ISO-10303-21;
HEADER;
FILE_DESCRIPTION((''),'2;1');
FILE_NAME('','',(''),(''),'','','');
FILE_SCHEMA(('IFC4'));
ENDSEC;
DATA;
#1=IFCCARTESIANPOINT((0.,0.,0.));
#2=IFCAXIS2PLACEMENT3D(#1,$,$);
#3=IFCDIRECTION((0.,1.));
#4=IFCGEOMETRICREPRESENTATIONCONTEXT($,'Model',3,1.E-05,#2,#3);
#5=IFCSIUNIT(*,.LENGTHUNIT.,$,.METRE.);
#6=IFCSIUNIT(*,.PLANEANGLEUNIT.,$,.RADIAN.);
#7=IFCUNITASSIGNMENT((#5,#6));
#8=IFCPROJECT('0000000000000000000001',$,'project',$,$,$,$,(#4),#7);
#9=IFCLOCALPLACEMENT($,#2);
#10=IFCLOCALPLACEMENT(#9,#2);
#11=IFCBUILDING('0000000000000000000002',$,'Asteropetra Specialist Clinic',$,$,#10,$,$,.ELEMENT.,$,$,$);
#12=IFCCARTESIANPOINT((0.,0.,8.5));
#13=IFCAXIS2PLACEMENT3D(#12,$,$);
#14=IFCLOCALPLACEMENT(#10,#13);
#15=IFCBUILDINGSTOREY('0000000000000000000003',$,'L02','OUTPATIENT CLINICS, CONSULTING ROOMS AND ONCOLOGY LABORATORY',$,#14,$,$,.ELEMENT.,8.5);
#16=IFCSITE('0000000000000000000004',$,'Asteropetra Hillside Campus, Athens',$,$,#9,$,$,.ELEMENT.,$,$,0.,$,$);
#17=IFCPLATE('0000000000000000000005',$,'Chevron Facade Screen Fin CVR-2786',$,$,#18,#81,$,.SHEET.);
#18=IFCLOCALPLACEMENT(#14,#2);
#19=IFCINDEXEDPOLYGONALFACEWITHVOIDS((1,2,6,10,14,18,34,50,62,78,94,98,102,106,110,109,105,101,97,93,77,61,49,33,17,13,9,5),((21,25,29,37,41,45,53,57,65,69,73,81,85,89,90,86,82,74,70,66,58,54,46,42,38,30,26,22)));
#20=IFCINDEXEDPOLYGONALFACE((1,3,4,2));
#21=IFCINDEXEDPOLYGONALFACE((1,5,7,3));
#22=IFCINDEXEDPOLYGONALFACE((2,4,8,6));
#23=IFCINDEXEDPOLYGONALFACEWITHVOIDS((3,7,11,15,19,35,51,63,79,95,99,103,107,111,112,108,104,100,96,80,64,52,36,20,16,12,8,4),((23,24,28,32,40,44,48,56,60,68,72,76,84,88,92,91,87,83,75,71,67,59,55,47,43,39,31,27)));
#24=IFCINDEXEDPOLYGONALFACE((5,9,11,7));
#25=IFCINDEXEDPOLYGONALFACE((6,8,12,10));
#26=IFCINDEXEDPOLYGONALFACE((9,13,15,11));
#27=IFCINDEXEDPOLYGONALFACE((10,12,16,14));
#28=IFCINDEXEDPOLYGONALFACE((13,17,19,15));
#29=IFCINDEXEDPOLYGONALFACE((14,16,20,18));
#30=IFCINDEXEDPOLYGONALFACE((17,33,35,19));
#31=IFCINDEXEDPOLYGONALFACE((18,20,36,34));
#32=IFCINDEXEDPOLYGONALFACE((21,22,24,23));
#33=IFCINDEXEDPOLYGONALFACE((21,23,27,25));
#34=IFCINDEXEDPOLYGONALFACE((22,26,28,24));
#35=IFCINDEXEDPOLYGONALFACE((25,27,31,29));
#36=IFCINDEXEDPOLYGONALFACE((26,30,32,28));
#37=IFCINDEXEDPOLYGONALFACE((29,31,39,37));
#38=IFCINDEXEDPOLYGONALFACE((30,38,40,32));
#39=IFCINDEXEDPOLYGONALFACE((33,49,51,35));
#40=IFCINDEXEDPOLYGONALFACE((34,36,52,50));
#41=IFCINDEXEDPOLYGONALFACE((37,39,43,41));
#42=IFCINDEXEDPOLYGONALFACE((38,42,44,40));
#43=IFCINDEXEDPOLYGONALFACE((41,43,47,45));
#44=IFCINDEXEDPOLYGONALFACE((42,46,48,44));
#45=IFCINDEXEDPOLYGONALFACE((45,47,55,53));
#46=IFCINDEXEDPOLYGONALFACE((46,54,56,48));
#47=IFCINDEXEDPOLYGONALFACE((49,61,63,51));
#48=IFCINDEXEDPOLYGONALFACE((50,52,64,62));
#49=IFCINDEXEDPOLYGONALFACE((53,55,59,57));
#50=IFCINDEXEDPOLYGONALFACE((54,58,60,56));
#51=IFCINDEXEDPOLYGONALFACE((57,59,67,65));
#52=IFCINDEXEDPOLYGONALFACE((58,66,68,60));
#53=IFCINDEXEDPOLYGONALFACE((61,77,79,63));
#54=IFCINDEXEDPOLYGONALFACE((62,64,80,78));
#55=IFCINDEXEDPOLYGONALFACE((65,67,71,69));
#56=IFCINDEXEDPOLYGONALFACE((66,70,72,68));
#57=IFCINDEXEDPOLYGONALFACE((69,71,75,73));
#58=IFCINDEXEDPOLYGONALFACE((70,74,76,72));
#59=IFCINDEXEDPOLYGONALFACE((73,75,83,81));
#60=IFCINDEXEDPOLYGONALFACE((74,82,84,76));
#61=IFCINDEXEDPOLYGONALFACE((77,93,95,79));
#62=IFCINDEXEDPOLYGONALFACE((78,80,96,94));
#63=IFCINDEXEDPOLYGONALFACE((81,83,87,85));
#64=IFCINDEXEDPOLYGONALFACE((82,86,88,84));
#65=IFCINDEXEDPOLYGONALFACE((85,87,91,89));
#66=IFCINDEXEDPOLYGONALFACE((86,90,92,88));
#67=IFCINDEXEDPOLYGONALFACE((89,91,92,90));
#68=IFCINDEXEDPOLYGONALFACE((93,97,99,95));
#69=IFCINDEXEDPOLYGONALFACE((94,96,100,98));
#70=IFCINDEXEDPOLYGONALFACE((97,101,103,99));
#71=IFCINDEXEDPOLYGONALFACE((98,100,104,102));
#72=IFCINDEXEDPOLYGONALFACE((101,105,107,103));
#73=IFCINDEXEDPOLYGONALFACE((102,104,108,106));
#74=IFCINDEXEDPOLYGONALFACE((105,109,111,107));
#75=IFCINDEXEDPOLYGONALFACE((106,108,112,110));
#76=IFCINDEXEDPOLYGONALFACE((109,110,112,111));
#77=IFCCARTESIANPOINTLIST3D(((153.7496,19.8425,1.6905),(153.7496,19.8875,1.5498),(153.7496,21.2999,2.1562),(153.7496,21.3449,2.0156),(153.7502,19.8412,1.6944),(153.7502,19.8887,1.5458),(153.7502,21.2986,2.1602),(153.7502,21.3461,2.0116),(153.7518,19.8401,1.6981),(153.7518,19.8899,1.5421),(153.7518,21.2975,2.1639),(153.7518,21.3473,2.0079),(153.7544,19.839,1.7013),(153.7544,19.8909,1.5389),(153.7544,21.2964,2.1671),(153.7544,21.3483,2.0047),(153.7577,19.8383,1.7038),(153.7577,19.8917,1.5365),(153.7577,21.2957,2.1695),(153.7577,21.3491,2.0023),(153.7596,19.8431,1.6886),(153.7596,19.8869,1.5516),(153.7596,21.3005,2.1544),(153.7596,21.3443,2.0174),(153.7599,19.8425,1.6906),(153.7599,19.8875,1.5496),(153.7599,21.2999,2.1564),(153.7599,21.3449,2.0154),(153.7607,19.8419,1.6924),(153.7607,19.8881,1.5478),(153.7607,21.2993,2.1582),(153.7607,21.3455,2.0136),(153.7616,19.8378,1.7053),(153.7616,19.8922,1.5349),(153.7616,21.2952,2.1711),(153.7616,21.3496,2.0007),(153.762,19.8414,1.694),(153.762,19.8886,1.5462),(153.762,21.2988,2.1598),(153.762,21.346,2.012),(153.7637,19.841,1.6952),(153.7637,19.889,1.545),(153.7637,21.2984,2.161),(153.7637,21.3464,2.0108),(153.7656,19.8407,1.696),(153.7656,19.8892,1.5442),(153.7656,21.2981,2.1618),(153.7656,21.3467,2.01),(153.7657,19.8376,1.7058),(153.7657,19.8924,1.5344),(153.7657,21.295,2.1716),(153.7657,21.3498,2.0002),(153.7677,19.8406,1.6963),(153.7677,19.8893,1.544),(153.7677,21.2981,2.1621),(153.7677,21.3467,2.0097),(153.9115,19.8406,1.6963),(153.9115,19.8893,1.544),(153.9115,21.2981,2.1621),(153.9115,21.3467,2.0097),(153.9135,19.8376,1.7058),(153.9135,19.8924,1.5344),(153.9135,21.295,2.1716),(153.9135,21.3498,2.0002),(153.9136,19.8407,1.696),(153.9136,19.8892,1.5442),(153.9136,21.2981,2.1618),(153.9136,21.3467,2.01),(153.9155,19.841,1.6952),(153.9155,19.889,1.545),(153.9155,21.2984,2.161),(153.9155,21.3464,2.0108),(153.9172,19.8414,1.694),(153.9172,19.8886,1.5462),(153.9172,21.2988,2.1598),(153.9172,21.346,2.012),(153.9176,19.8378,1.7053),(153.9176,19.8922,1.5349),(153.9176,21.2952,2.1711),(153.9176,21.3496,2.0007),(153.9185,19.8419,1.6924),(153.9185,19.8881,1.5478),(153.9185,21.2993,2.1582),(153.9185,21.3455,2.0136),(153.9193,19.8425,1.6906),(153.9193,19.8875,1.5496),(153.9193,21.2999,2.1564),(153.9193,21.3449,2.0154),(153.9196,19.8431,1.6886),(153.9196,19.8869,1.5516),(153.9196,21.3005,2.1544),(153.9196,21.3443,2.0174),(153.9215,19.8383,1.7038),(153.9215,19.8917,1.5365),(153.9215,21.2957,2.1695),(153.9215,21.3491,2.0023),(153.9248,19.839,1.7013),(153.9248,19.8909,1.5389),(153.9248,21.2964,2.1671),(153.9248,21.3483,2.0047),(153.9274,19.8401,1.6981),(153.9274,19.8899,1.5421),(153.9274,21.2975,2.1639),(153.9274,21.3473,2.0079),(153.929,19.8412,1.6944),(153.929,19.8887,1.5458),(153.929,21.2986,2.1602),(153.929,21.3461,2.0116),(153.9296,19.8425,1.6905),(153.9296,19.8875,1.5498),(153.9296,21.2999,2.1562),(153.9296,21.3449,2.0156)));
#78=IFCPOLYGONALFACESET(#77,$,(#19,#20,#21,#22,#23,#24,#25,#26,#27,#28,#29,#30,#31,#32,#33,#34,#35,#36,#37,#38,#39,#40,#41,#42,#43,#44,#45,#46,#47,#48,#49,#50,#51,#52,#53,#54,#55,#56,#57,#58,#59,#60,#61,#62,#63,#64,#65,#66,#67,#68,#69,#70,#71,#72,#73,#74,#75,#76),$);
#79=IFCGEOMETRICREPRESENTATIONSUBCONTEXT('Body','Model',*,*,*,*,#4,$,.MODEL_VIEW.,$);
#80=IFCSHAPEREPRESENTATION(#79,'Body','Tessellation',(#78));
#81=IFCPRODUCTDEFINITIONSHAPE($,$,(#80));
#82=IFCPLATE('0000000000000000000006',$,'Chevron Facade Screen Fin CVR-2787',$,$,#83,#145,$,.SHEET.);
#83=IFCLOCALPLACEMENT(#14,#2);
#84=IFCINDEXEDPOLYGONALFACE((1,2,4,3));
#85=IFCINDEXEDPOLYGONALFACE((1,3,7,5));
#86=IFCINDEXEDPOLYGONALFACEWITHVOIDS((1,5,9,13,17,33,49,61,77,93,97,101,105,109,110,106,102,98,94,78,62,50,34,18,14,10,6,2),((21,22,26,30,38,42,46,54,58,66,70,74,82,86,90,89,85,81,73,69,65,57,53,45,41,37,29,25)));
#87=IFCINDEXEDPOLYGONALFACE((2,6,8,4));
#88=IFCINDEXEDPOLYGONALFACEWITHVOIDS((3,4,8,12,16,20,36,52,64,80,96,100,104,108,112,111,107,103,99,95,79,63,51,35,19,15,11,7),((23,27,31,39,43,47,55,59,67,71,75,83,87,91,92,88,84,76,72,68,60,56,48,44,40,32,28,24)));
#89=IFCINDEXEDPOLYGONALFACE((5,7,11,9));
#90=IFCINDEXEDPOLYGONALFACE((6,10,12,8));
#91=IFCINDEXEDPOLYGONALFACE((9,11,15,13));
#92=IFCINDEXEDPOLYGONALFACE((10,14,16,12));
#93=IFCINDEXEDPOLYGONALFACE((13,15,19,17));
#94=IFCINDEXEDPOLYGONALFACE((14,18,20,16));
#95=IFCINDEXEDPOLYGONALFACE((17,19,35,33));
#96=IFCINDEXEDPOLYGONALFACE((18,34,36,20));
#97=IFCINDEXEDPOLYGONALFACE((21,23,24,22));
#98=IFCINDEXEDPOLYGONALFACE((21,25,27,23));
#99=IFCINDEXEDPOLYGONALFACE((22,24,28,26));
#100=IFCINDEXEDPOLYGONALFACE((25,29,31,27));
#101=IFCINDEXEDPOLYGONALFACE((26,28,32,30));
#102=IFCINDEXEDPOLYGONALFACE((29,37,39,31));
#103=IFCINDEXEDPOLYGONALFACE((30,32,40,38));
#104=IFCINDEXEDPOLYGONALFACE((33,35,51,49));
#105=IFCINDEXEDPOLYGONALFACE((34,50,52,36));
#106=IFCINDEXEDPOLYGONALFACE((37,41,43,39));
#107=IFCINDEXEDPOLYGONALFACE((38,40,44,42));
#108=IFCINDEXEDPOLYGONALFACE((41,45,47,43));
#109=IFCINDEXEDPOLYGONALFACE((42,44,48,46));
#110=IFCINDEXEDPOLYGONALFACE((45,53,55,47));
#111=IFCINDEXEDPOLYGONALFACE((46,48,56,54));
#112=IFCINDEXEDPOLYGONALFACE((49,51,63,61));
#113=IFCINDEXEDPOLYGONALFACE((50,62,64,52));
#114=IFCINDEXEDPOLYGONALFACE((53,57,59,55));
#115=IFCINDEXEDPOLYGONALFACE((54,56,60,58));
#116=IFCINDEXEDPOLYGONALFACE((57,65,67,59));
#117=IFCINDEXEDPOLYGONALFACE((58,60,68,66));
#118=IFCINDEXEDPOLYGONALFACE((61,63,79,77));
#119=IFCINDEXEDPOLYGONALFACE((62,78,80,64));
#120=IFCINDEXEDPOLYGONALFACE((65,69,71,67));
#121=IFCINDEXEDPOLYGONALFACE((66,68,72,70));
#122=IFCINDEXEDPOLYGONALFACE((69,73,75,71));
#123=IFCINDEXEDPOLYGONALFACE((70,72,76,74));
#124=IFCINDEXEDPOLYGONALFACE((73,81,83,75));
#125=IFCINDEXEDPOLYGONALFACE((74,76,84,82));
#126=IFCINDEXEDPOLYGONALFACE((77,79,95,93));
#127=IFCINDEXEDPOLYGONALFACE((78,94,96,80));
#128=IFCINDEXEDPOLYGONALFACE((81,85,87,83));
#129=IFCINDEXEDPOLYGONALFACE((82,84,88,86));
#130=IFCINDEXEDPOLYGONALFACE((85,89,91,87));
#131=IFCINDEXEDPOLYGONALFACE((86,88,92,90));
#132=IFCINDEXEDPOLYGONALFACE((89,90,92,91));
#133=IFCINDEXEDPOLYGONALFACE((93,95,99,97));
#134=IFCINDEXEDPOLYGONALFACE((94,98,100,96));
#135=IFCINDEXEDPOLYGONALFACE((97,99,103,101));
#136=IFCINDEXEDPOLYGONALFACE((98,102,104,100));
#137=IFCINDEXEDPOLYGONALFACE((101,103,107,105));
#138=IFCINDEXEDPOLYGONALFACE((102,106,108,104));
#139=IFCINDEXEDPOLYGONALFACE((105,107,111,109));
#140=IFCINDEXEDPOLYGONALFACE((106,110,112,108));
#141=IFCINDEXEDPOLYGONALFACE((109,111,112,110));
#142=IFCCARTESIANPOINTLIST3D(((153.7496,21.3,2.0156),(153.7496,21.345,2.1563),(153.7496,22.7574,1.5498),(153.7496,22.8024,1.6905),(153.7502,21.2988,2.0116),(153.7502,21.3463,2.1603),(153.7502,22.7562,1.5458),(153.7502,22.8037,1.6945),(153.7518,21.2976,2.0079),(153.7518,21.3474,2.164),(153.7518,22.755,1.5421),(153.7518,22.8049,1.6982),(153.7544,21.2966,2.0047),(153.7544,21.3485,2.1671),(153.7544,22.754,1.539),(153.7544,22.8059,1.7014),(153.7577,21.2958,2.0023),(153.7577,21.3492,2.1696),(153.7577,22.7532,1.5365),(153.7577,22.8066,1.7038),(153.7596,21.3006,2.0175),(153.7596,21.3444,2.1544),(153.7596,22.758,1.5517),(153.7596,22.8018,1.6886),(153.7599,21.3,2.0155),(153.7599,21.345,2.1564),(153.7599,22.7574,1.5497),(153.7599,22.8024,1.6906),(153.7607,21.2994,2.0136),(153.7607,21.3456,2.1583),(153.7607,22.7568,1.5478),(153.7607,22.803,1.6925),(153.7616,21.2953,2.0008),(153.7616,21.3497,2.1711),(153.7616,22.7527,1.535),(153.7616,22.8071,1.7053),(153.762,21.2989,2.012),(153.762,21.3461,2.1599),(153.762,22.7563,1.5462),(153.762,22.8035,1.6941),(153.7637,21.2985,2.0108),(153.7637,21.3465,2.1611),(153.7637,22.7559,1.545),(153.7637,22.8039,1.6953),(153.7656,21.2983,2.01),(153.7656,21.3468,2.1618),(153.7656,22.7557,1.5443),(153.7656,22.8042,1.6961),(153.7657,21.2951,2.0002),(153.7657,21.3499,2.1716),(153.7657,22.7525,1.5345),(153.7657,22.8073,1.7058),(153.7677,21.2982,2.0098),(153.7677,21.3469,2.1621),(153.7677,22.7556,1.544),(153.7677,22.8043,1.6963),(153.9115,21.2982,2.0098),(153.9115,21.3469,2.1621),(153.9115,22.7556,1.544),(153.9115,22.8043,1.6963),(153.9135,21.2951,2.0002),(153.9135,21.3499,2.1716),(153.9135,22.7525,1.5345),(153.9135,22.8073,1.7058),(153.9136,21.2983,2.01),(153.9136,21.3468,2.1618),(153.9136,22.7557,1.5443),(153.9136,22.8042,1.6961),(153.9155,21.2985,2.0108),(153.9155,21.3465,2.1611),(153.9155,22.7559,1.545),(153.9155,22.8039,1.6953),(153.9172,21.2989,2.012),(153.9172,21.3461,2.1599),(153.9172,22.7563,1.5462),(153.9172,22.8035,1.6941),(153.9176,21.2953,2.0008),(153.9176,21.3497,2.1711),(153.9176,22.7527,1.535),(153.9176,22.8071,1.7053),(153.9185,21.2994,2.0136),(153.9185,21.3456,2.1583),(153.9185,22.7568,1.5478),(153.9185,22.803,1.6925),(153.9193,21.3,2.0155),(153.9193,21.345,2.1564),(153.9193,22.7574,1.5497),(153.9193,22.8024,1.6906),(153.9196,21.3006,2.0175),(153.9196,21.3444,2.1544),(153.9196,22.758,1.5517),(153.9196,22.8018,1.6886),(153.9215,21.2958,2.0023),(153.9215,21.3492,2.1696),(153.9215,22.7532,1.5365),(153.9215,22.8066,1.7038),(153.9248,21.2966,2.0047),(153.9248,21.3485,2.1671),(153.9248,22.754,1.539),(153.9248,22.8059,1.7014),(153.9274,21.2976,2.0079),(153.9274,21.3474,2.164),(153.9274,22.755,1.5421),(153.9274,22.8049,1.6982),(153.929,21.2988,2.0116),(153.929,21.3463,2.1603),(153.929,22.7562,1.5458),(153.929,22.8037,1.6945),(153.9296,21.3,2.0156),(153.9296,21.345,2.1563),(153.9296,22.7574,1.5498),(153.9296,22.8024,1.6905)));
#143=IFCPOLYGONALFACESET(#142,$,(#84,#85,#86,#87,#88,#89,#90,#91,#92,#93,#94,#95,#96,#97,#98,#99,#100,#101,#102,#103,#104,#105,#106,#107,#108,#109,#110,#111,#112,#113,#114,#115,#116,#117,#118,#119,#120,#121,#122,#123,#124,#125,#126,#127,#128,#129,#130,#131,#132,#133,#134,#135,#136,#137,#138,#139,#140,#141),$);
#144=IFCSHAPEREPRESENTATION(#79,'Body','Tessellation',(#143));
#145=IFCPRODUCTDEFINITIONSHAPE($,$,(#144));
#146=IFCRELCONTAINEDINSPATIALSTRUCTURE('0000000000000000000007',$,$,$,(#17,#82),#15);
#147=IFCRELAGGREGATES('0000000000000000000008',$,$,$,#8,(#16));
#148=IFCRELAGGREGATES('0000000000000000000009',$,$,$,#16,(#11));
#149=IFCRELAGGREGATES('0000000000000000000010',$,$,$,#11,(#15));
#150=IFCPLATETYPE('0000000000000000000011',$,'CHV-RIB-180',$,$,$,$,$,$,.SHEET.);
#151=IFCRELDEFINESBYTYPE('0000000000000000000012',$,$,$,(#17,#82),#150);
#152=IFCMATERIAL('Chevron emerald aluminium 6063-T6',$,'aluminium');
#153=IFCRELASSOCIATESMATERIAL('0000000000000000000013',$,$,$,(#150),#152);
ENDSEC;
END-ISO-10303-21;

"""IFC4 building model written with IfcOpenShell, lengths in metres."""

from ifc_helpers import new_model, si_unit, direction, frame, origin, origin_2d, place, context, subcontext, project, spatial, hollow_rectangle, extrude, material, material_profile, profile_set, type_object, element, save


model = new_model("IFC4")

# Units and contexts
model_context = context("Model", 3, precision=1e-05, world=origin(), true_north=direction((0.0, 1.0)))
body_context = subcontext(model_context, "Body", "Model", "MODEL_VIEW")
ifc_project = project(units=[si_unit("LENGTHUNIT", "METRE"), si_unit("PLANEANGLEUNIT", "RADIAN")], contexts=[model_context])

# Site, building, storey
site_placement = place(None, origin())
site = spatial("IfcSite", under=ifc_project, at=site_placement, Name="Asteropetra Hillside Campus, Athens", CompositionType="ELEMENT", RefElevation=0.0)
building_placement = place(site_placement, origin())
building = spatial("IfcBuilding", under=site, at=building_placement, Name="Asteropetra Specialist Clinic", CompositionType="ELEMENT")
storey_placement = place(building_placement, frame((0.0, 0.0, 8.5)))
storey = spatial("IfcBuildingStorey", under=building, at=storey_placement, Name="L02", Description="OUTPATIENT CLINICS, CONSULTING ROOMS AND ONCOLOGY LABORATORY", CompositionType="ELEMENT", Elevation=8.5)

# Plates
ifc_material_1 = material(Name="Chevron emerald aluminium 6063-T6", Category="aluminium")
ifc_material_profile_1 = material_profile(ifc_material_1, hollow_rectangle(XDim=0.1799, YDim=0.1799, WallThickness=0.01, InnerFilletRadius=0.0081, OuterFilletRadius=0.0161, at=origin_2d()), Name="SHS 180x180x10.0")
ifc_profile_set_1 = profile_set([ifc_material_profile_1], Name="Chevron emerald aluminium 6063-T6")
plate_type = type_object("IfcPlateType", Name="CHV-RIB-180", PredefinedType="SHEET", material=ifc_profile_set_1)
for number, where, z_axis, x_axis, name in (
    (1, (153.8396, 19.865, 1.6201), (0.0, 0.952535, 0.304428), (-1.0, 0.0, 0.0), "Chevron Facade Screen Fin CVR-2786"),
    (2, (153.8396, 21.3225, 2.0859), (0.0, 0.952535, -0.304428), (-1.0, 0.0, 0.0), "Chevron Facade Screen Fin CVR-2787"),
):
    element("IfcPlate", number, at=place(storey_placement, frame(where, z_axis=z_axis, x_axis=x_axis)), inside=storey, type_object=plate_type, Name=name, PredefinedType="SHEET", context=body_context, shape_type="SweptSolid", body=[
        extrude(hollow_rectangle(XDim=0.1799, YDim=0.1799, WallThickness=0.01, InnerFilletRadius=0.0081, OuterFilletRadius=0.0161, at=origin_2d()), origin(), (0.0, 0.0, 1.0), 1.53),
    ])

save(model, "model.ifc")
